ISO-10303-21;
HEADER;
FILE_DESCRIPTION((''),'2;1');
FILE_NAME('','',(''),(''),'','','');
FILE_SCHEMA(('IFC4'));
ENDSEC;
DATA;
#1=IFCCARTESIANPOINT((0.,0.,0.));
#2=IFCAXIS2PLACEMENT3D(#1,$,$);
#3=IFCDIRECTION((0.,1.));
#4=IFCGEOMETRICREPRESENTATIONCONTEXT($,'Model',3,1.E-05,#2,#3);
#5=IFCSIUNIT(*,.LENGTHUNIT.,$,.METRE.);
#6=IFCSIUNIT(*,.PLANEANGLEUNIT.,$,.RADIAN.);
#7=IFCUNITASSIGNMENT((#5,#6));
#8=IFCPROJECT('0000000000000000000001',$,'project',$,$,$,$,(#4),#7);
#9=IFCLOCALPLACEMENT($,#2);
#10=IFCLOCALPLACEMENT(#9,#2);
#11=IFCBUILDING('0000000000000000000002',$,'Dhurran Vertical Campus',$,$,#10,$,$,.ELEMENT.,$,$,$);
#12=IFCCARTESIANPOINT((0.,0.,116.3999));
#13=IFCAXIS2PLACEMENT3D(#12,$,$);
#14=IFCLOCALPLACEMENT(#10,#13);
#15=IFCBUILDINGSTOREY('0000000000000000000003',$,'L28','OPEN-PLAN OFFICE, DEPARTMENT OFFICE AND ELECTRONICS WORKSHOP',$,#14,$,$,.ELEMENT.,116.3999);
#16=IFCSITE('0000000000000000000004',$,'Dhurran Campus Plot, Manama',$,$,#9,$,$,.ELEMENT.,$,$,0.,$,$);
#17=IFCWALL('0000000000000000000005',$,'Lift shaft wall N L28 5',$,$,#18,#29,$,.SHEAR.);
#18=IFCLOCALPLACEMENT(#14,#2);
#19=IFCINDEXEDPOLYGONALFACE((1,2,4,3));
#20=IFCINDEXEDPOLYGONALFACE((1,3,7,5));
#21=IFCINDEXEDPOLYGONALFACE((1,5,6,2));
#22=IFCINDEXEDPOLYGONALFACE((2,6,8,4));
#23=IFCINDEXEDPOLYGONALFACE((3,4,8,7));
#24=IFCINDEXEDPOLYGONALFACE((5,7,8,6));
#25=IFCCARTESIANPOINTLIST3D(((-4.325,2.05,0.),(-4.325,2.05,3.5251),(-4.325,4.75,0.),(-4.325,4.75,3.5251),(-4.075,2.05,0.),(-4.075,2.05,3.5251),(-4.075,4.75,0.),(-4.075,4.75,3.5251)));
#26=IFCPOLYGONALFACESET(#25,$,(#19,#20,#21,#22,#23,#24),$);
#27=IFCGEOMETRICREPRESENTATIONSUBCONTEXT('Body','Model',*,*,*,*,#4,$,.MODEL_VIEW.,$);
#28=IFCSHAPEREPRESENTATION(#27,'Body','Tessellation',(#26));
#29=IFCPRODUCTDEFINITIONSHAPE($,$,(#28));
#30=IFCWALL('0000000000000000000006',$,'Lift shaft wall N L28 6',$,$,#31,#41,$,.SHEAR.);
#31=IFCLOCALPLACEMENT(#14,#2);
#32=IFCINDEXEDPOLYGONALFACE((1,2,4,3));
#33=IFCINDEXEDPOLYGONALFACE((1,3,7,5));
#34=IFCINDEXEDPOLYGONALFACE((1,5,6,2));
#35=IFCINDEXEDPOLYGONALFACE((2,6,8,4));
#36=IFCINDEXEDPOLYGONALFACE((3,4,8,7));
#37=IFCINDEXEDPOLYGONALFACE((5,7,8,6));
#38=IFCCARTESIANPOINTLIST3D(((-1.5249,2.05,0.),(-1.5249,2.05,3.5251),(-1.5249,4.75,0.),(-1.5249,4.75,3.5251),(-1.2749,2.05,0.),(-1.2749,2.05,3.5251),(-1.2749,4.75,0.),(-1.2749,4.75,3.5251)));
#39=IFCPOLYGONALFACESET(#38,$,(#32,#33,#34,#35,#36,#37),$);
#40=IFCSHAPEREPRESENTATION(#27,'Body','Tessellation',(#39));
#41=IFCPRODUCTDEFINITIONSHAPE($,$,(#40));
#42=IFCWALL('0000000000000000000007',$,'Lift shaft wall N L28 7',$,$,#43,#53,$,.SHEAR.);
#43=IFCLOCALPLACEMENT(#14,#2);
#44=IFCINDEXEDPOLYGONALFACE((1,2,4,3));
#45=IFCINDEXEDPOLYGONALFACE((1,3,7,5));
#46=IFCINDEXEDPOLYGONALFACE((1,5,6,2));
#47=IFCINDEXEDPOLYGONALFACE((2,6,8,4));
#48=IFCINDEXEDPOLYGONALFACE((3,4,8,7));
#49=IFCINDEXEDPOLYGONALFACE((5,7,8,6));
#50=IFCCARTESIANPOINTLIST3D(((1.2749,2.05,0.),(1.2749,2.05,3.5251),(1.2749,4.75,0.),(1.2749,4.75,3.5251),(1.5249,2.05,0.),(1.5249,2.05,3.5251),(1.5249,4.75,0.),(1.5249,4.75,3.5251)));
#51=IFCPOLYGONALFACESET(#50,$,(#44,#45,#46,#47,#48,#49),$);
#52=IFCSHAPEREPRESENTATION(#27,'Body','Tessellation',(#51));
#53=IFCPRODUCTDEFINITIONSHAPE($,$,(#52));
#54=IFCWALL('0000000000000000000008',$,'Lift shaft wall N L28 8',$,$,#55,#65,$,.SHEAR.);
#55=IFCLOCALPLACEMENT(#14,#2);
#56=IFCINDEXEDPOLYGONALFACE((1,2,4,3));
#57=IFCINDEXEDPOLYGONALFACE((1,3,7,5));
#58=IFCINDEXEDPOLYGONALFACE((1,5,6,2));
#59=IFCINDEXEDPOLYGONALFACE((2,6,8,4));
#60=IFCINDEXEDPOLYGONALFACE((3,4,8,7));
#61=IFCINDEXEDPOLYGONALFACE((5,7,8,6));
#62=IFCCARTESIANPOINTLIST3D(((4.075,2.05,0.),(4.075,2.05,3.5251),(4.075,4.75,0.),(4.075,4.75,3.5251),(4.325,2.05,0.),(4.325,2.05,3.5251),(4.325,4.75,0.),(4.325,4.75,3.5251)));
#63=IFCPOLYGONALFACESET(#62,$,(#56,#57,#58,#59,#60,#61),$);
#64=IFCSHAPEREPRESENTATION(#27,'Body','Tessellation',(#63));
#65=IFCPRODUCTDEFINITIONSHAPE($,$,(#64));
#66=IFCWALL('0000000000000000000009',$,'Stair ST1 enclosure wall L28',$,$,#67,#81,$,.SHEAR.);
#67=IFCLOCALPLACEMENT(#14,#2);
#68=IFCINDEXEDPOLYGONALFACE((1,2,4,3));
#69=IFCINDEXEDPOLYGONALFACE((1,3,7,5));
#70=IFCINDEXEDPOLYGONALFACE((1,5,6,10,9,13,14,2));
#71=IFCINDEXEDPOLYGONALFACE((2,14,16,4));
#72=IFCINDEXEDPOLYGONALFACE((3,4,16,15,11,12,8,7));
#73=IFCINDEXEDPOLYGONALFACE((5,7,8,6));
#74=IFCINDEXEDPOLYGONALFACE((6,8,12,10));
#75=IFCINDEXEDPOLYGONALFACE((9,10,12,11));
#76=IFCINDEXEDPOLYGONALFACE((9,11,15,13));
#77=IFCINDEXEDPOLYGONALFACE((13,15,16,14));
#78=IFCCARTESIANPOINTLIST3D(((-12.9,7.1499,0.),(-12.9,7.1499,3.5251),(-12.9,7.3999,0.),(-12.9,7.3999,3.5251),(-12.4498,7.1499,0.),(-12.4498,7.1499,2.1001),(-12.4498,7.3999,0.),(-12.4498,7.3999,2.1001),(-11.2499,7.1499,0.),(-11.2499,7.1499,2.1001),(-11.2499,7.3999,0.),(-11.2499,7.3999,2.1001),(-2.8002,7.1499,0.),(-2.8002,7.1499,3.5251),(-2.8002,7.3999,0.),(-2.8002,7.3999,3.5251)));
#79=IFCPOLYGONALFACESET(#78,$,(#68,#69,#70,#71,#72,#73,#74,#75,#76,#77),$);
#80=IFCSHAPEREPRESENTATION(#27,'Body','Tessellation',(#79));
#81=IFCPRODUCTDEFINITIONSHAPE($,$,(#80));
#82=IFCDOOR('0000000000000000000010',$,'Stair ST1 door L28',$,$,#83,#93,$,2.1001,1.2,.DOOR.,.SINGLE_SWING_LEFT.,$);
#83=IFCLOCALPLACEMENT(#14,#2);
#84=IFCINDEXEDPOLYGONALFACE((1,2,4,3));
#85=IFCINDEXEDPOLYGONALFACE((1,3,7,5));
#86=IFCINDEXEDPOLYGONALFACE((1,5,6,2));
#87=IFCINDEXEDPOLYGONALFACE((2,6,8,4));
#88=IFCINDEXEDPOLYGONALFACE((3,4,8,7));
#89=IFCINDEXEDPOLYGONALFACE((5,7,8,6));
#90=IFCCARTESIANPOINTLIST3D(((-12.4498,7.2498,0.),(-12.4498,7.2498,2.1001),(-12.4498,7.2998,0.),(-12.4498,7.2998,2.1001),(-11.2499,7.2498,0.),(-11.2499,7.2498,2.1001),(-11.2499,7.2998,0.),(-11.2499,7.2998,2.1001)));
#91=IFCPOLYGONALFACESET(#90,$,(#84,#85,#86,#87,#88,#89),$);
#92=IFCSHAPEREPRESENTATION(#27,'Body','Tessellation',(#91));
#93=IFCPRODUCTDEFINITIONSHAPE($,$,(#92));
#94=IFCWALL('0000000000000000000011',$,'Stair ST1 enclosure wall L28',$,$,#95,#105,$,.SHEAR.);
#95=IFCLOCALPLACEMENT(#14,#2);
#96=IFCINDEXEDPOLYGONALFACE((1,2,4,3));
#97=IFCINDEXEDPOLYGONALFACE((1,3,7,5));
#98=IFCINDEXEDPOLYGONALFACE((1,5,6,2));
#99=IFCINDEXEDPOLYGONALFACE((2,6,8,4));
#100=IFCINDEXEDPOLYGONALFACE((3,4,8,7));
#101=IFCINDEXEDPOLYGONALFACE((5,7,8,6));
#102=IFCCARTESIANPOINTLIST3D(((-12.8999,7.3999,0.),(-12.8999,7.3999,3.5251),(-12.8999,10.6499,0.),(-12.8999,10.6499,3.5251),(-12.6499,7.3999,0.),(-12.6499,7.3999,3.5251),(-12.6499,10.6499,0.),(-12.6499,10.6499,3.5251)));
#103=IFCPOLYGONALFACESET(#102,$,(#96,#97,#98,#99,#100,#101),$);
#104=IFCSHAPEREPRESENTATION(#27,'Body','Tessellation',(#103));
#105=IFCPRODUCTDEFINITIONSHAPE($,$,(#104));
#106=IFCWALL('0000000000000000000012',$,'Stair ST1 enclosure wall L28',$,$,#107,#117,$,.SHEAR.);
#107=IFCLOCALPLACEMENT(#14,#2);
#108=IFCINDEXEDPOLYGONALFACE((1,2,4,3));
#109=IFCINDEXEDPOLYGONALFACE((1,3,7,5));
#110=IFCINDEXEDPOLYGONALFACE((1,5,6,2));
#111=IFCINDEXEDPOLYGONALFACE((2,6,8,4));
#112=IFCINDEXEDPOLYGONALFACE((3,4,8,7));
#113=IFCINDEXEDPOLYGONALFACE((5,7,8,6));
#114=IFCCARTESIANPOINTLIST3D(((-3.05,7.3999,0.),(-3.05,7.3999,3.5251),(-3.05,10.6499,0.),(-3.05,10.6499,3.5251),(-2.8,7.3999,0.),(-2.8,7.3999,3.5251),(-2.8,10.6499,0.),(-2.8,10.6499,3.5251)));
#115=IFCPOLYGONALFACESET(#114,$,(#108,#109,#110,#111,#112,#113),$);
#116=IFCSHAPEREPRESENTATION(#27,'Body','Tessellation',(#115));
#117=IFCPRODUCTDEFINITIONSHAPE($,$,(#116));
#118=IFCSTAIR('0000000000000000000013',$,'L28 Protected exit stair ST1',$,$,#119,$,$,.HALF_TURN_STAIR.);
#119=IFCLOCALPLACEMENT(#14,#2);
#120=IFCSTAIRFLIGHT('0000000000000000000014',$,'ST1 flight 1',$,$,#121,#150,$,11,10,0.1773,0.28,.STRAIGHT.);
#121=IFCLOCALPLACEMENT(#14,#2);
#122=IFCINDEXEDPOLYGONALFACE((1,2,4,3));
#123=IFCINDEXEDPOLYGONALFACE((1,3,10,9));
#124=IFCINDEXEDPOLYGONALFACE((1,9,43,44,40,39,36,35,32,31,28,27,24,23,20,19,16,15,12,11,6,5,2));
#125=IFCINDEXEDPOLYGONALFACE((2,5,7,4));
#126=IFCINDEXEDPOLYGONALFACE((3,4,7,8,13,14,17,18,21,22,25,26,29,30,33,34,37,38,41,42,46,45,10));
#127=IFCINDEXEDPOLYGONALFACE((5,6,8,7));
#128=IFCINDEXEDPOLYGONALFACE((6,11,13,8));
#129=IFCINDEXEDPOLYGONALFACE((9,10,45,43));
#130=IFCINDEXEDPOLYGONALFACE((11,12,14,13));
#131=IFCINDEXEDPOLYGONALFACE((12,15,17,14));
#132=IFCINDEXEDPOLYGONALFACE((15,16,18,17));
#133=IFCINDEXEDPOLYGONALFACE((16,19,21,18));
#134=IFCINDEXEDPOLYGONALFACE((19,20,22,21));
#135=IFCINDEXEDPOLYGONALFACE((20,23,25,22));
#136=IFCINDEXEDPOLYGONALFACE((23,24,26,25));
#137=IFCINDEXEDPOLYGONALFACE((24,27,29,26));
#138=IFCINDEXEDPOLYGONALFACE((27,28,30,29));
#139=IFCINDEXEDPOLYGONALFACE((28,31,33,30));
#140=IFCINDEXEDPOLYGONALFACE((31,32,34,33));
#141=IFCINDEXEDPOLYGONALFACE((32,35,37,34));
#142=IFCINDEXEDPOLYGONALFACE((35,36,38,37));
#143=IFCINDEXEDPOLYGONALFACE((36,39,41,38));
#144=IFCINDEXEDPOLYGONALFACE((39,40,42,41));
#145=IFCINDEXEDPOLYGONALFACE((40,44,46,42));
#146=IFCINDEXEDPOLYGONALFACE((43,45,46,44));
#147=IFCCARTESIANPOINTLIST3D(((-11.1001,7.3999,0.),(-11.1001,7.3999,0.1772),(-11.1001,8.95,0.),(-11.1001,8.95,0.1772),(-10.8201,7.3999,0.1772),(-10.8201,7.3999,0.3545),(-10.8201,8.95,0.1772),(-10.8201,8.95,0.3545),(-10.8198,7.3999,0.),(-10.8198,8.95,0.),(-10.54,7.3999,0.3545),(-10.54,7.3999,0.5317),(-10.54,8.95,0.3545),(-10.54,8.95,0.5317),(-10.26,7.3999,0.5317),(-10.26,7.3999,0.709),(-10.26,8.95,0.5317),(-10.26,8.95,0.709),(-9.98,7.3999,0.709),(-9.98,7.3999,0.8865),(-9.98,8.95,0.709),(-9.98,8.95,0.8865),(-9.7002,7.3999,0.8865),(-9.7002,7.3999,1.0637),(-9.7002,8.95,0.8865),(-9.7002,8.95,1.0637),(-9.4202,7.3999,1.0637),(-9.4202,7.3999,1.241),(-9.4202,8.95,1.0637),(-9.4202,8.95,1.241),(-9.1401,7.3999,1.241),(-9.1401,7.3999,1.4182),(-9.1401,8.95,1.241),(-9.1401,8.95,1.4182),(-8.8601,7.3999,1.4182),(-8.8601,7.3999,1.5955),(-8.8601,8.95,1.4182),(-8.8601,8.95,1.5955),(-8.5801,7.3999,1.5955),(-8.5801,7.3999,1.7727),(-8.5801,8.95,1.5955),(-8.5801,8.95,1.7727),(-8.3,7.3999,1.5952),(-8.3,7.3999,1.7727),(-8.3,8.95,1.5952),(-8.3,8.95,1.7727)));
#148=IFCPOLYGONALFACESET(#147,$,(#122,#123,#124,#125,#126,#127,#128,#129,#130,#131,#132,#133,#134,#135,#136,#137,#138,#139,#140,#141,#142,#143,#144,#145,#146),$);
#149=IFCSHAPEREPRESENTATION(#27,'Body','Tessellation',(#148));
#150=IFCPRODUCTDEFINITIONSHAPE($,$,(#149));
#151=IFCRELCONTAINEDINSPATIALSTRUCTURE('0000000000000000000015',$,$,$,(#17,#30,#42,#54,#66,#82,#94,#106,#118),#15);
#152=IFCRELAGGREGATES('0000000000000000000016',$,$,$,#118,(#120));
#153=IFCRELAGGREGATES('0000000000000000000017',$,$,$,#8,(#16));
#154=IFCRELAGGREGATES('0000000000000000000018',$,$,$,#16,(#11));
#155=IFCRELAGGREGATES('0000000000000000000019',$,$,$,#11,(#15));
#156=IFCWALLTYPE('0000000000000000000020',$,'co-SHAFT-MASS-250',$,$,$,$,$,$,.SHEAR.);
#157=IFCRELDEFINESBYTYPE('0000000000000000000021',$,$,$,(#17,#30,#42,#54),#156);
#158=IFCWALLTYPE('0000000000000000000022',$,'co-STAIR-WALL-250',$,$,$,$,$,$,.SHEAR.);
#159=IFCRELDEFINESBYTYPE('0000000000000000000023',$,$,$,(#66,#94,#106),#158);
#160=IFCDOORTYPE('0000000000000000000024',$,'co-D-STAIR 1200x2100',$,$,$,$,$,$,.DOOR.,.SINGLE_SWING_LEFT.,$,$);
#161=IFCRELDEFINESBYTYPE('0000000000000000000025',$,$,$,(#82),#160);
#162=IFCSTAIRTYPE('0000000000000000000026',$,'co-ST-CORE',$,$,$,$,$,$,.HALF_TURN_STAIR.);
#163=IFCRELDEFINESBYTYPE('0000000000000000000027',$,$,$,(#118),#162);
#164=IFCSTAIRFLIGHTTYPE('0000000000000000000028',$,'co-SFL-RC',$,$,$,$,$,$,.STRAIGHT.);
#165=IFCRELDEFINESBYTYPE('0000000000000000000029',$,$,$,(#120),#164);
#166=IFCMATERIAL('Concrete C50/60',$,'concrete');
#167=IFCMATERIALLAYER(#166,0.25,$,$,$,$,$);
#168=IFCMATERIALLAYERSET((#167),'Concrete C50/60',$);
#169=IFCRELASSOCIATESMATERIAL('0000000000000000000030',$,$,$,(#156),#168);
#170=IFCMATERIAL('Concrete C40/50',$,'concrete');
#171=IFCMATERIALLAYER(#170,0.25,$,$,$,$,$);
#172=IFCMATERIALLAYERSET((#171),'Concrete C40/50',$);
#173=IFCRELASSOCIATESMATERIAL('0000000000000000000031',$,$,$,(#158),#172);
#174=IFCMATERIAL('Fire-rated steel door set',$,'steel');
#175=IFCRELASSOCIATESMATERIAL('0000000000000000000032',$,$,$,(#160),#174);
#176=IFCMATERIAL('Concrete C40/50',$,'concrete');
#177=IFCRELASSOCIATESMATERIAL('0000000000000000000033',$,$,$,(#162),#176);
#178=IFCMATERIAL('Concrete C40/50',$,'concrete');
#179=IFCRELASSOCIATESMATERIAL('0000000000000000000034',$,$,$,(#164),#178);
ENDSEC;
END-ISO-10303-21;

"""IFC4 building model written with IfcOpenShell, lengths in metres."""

from ifc_helpers import new_model, si_unit, direction, frame, frame_2d, origin, place, context, subcontext, project, spatial, polyline, rectangle, outline, extrude, material, layer, layer_set, type_object, element, fill, aggregate, save


model = new_model("IFC4")

# Units and contexts
model_context = context("Model", 3, precision=1e-05, world=origin(), true_north=direction((0.0, 1.0)))
body_context = subcontext(model_context, "Body", "Model", "MODEL_VIEW")
ifc_project = project(units=[si_unit("LENGTHUNIT", "METRE"), si_unit("PLANEANGLEUNIT", "RADIAN")], contexts=[model_context])

# Site, building, storey
site_placement = place(None, origin())
site = spatial("IfcSite", under=ifc_project, at=site_placement, Name="Dhurran Campus Plot, Manama", CompositionType="ELEMENT", RefElevation=0.0)
building_placement = place(site_placement, origin())
building = spatial("IfcBuilding", under=site, at=building_placement, Name="Dhurran Vertical Campus", CompositionType="ELEMENT")
storey_placement = place(building_placement, frame((0.0, 0.0, 116.3999)))
storey = spatial("IfcBuildingStorey", under=building, at=storey_placement, Name="L28", Description="OPEN-PLAN OFFICE, DEPARTMENT OFFICE AND ELECTRONICS WORKSHOP", CompositionType="ELEMENT", Elevation=116.3999)

# Walls
ifc_material_1 = material(Name="Concrete C50/60", Category="concrete")
ifc_layer_1 = layer(ifc_material_1, 0.25)
ifc_layer_set_1 = layer_set([ifc_layer_1], Name="Concrete C50/60")
wall_type_1 = type_object("IfcWallType", Name="co-SHAFT-MASS-250", PredefinedType="SHEAR", material=ifc_layer_set_1)
wall_1_placement = place(storey_placement, origin())
element("IfcWall", 1, at=wall_1_placement, inside=storey, type_object=wall_type_1, Name="Lift shaft wall N L28 5", PredefinedType="SHEAR", context=body_context, shape_type="SweptSolid", body=[
    extrude(outline(polyline([(-4.325, 2.05), (-4.075, 2.05), (-4.075, 4.75), (-4.325, 4.75), (-4.325, 2.05)])), origin(), (0.0, 0.0, 1.0), 3.5251),
])
wall_2_placement = place(storey_placement, origin())
element("IfcWall", 2, at=wall_2_placement, inside=storey, type_object=wall_type_1, Name="Lift shaft wall N L28 6", PredefinedType="SHEAR", context=body_context, shape_type="SweptSolid", body=[
    extrude(outline(polyline([(-1.5249, 2.05), (-1.2749, 2.05), (-1.2749, 4.75), (-1.5249, 4.75), (-1.5249, 2.05)])), origin(), (0.0, 0.0, 1.0), 3.5251),
])
wall_3_placement = place(storey_placement, origin())
element("IfcWall", 3, at=wall_3_placement, inside=storey, type_object=wall_type_1, Name="Lift shaft wall N L28 7", PredefinedType="SHEAR", context=body_context, shape_type="SweptSolid", body=[
    extrude(outline(polyline([(1.2749, 2.05), (1.5249, 2.05), (1.5249, 4.75), (1.2749, 4.75), (1.2749, 2.05)])), origin(), (0.0, 0.0, 1.0), 3.5251),
])
wall_4_placement = place(storey_placement, origin())
element("IfcWall", 4, at=wall_4_placement, inside=storey, type_object=wall_type_1, Name="Lift shaft wall N L28 8", PredefinedType="SHEAR", context=body_context, shape_type="SweptSolid", body=[
    extrude(outline(polyline([(4.075, 2.05), (4.325, 2.05), (4.325, 4.75), (4.075, 4.75), (4.075, 2.05)])), origin(), (0.0, 0.0, 1.0), 3.5251),
])

# Wall, opening, door
ifc_material_2 = material(Name="Concrete C40/50", Category="concrete")
ifc_layer_2 = layer(ifc_material_2, 0.25)
ifc_layer_set_2 = layer_set([ifc_layer_2], Name="Concrete C40/50")
wall_type_2 = type_object("IfcWallType", Name="co-STAIR-WALL-250", PredefinedType="SHEAR", material=ifc_layer_set_2)
wall_5_placement = place(storey_placement, frame((-12.8999, 7.2749, 0.0), z_axis=(0.0, 0.0, 1.0), x_axis=(1.0, 0.0, 0.0)))
wall_5 = element("IfcWall", 5, at=wall_5_placement, inside=storey, type_object=wall_type_2, Name="Stair ST1 enclosure wall L28", PredefinedType="SHEAR", context=body_context, shape_type="SweptSolid", body=[
    extrude(rectangle(XDim=10.0999, YDim=0.25, at=frame_2d((5.0498, 0.0))), origin(), (0.0, 0.0, 1.0), 3.5251),
])
opening_1_placement = place(wall_5_placement, frame((0.45, 0.0, 0.0)))
opening_1 = element("IfcOpeningElement", 6, at=opening_1_placement, cuts=wall_5, PredefinedType="OPENING", context=body_context, shape_type="SweptSolid", body=[
    extrude(rectangle(XDim=1.2, YDim=2.1001, at=frame_2d((0.6001, 1.05))), frame((0.0, 0.135, 0.0), z_axis=(0.0, -1.0, 0.0), x_axis=(1.0, 0.0, 0.0)), (0.0, 0.0, 1.0), 0.27),
])
ifc_material_3 = material(Name="Fire-rated steel door set", Category="steel")
door_type_1 = type_object("IfcDoorType", Name="co-D-STAIR 1200x2100", OperationType="SINGLE_SWING_LEFT", PredefinedType="DOOR", material=ifc_material_3)
door_1_placement = place(opening_1_placement, origin())
door_1 = element("IfcDoor", 7, at=door_1_placement, inside=storey, type_object=door_type_1, Name="Stair ST1 door L28", OperationType="SINGLE_SWING_LEFT", OverallHeight=2.1001, OverallWidth=1.2, PredefinedType="DOOR", context=body_context, shape_type="SweptSolid", body=[
    extrude(rectangle(XDim=1.2, YDim=2.1001, at=frame_2d((0.6001, 1.05))), frame((0.0, 0.0249, 0.0), z_axis=(0.0, -1.0, 0.0), x_axis=(1.0, 0.0, 0.0)), (0.0, 0.0, 1.0), 0.05),
])
fill(opening_1, door_1)

# Walls
for number, where, z_axis, x_axis, name in (
    (8, (-12.7749, 7.3999, 0.0), (0.0, 0.0, 1.0), (0.0, 1.0, 0.0), "Stair ST1 enclosure wall L28"),
    (9, (-2.925, 7.3999, 0.0), (0.0, 0.0, 1.0), (0.0, 1.0, 0.0), "Stair ST1 enclosure wall L28"),
):
    element("IfcWall", number, at=place(storey_placement, frame(where, z_axis=z_axis, x_axis=x_axis)), inside=storey, type_object=wall_type_2, Name=name, PredefinedType="SHEAR", context=body_context, shape_type="SweptSolid", body=[
        extrude(rectangle(XDim=3.25, YDim=0.25, at=frame_2d((1.625, 0.0))), origin(), (0.0, 0.0, 1.0), 3.5251),
    ])

# Stair, stair flight
ifc_material_4 = material(Name="Concrete C40/50", Category="concrete")
stair_type = type_object("IfcStairType", Name="co-ST-CORE", PredefinedType="HALF_TURN_STAIR", material=ifc_material_4)
stair_placement = place(storey_placement, origin())
stair = element("IfcStair", 10, at=stair_placement, inside=storey, type_object=stair_type, Name="L28 Protected exit stair ST1", PredefinedType="HALF_TURN_STAIR")
ifc_material_5 = material(Name="Concrete C40/50", Category="concrete")
stair_flight_type = type_object("IfcStairFlightType", Name="co-SFL-RC", PredefinedType="STRAIGHT", material=ifc_material_5)
stair_flight_placement = place(storey_placement, frame((-11.1001, 8.175, 0.0), z_axis=(0.0, 0.0, 1.0), x_axis=(1.0, 0.0, 0.0)))
stair_flight = element("IfcStairFlight", 11, at=stair_flight_placement, type_object=stair_flight_type, Name="ST1 flight 1", NumberOfRisers=11, NumberOfTreads=10, PredefinedType="STRAIGHT", RiserHeight=0.1773, TreadLength=0.28, context=body_context, shape_type="SweptSolid", body=[
    extrude(outline(polyline([(0.0, 0.0), (0.0, 0.1772), (0.28, 0.1772), (0.28, 0.3545), (0.5601, 0.3545), (0.5601, 0.5317), (0.8401, 0.5317), (0.8401, 0.709), (1.1201, 0.709), (1.1201, 0.8865), (1.3999, 0.8865), (1.3999, 1.0637), (1.6799, 1.0637), (1.6799, 1.241), (1.96, 1.241), (1.96, 1.4182), (2.24, 1.4182), (2.24, 1.5955), (2.52, 1.5955), (2.52, 1.7727), (2.8, 1.7727), (2.8, 1.95), (2.8, 1.5952), (0.2803, 0.0), (0.0, 0.0)])), frame((0.0, 0.7749, 0.0), z_axis=(0.0, -1.0, 0.0), x_axis=(1.0, 0.0, 0.0)), (0.0, 0.0, 1.0), 1.55),
])
aggregate(stair, [stair_flight])

save(model, "model.ifc")
